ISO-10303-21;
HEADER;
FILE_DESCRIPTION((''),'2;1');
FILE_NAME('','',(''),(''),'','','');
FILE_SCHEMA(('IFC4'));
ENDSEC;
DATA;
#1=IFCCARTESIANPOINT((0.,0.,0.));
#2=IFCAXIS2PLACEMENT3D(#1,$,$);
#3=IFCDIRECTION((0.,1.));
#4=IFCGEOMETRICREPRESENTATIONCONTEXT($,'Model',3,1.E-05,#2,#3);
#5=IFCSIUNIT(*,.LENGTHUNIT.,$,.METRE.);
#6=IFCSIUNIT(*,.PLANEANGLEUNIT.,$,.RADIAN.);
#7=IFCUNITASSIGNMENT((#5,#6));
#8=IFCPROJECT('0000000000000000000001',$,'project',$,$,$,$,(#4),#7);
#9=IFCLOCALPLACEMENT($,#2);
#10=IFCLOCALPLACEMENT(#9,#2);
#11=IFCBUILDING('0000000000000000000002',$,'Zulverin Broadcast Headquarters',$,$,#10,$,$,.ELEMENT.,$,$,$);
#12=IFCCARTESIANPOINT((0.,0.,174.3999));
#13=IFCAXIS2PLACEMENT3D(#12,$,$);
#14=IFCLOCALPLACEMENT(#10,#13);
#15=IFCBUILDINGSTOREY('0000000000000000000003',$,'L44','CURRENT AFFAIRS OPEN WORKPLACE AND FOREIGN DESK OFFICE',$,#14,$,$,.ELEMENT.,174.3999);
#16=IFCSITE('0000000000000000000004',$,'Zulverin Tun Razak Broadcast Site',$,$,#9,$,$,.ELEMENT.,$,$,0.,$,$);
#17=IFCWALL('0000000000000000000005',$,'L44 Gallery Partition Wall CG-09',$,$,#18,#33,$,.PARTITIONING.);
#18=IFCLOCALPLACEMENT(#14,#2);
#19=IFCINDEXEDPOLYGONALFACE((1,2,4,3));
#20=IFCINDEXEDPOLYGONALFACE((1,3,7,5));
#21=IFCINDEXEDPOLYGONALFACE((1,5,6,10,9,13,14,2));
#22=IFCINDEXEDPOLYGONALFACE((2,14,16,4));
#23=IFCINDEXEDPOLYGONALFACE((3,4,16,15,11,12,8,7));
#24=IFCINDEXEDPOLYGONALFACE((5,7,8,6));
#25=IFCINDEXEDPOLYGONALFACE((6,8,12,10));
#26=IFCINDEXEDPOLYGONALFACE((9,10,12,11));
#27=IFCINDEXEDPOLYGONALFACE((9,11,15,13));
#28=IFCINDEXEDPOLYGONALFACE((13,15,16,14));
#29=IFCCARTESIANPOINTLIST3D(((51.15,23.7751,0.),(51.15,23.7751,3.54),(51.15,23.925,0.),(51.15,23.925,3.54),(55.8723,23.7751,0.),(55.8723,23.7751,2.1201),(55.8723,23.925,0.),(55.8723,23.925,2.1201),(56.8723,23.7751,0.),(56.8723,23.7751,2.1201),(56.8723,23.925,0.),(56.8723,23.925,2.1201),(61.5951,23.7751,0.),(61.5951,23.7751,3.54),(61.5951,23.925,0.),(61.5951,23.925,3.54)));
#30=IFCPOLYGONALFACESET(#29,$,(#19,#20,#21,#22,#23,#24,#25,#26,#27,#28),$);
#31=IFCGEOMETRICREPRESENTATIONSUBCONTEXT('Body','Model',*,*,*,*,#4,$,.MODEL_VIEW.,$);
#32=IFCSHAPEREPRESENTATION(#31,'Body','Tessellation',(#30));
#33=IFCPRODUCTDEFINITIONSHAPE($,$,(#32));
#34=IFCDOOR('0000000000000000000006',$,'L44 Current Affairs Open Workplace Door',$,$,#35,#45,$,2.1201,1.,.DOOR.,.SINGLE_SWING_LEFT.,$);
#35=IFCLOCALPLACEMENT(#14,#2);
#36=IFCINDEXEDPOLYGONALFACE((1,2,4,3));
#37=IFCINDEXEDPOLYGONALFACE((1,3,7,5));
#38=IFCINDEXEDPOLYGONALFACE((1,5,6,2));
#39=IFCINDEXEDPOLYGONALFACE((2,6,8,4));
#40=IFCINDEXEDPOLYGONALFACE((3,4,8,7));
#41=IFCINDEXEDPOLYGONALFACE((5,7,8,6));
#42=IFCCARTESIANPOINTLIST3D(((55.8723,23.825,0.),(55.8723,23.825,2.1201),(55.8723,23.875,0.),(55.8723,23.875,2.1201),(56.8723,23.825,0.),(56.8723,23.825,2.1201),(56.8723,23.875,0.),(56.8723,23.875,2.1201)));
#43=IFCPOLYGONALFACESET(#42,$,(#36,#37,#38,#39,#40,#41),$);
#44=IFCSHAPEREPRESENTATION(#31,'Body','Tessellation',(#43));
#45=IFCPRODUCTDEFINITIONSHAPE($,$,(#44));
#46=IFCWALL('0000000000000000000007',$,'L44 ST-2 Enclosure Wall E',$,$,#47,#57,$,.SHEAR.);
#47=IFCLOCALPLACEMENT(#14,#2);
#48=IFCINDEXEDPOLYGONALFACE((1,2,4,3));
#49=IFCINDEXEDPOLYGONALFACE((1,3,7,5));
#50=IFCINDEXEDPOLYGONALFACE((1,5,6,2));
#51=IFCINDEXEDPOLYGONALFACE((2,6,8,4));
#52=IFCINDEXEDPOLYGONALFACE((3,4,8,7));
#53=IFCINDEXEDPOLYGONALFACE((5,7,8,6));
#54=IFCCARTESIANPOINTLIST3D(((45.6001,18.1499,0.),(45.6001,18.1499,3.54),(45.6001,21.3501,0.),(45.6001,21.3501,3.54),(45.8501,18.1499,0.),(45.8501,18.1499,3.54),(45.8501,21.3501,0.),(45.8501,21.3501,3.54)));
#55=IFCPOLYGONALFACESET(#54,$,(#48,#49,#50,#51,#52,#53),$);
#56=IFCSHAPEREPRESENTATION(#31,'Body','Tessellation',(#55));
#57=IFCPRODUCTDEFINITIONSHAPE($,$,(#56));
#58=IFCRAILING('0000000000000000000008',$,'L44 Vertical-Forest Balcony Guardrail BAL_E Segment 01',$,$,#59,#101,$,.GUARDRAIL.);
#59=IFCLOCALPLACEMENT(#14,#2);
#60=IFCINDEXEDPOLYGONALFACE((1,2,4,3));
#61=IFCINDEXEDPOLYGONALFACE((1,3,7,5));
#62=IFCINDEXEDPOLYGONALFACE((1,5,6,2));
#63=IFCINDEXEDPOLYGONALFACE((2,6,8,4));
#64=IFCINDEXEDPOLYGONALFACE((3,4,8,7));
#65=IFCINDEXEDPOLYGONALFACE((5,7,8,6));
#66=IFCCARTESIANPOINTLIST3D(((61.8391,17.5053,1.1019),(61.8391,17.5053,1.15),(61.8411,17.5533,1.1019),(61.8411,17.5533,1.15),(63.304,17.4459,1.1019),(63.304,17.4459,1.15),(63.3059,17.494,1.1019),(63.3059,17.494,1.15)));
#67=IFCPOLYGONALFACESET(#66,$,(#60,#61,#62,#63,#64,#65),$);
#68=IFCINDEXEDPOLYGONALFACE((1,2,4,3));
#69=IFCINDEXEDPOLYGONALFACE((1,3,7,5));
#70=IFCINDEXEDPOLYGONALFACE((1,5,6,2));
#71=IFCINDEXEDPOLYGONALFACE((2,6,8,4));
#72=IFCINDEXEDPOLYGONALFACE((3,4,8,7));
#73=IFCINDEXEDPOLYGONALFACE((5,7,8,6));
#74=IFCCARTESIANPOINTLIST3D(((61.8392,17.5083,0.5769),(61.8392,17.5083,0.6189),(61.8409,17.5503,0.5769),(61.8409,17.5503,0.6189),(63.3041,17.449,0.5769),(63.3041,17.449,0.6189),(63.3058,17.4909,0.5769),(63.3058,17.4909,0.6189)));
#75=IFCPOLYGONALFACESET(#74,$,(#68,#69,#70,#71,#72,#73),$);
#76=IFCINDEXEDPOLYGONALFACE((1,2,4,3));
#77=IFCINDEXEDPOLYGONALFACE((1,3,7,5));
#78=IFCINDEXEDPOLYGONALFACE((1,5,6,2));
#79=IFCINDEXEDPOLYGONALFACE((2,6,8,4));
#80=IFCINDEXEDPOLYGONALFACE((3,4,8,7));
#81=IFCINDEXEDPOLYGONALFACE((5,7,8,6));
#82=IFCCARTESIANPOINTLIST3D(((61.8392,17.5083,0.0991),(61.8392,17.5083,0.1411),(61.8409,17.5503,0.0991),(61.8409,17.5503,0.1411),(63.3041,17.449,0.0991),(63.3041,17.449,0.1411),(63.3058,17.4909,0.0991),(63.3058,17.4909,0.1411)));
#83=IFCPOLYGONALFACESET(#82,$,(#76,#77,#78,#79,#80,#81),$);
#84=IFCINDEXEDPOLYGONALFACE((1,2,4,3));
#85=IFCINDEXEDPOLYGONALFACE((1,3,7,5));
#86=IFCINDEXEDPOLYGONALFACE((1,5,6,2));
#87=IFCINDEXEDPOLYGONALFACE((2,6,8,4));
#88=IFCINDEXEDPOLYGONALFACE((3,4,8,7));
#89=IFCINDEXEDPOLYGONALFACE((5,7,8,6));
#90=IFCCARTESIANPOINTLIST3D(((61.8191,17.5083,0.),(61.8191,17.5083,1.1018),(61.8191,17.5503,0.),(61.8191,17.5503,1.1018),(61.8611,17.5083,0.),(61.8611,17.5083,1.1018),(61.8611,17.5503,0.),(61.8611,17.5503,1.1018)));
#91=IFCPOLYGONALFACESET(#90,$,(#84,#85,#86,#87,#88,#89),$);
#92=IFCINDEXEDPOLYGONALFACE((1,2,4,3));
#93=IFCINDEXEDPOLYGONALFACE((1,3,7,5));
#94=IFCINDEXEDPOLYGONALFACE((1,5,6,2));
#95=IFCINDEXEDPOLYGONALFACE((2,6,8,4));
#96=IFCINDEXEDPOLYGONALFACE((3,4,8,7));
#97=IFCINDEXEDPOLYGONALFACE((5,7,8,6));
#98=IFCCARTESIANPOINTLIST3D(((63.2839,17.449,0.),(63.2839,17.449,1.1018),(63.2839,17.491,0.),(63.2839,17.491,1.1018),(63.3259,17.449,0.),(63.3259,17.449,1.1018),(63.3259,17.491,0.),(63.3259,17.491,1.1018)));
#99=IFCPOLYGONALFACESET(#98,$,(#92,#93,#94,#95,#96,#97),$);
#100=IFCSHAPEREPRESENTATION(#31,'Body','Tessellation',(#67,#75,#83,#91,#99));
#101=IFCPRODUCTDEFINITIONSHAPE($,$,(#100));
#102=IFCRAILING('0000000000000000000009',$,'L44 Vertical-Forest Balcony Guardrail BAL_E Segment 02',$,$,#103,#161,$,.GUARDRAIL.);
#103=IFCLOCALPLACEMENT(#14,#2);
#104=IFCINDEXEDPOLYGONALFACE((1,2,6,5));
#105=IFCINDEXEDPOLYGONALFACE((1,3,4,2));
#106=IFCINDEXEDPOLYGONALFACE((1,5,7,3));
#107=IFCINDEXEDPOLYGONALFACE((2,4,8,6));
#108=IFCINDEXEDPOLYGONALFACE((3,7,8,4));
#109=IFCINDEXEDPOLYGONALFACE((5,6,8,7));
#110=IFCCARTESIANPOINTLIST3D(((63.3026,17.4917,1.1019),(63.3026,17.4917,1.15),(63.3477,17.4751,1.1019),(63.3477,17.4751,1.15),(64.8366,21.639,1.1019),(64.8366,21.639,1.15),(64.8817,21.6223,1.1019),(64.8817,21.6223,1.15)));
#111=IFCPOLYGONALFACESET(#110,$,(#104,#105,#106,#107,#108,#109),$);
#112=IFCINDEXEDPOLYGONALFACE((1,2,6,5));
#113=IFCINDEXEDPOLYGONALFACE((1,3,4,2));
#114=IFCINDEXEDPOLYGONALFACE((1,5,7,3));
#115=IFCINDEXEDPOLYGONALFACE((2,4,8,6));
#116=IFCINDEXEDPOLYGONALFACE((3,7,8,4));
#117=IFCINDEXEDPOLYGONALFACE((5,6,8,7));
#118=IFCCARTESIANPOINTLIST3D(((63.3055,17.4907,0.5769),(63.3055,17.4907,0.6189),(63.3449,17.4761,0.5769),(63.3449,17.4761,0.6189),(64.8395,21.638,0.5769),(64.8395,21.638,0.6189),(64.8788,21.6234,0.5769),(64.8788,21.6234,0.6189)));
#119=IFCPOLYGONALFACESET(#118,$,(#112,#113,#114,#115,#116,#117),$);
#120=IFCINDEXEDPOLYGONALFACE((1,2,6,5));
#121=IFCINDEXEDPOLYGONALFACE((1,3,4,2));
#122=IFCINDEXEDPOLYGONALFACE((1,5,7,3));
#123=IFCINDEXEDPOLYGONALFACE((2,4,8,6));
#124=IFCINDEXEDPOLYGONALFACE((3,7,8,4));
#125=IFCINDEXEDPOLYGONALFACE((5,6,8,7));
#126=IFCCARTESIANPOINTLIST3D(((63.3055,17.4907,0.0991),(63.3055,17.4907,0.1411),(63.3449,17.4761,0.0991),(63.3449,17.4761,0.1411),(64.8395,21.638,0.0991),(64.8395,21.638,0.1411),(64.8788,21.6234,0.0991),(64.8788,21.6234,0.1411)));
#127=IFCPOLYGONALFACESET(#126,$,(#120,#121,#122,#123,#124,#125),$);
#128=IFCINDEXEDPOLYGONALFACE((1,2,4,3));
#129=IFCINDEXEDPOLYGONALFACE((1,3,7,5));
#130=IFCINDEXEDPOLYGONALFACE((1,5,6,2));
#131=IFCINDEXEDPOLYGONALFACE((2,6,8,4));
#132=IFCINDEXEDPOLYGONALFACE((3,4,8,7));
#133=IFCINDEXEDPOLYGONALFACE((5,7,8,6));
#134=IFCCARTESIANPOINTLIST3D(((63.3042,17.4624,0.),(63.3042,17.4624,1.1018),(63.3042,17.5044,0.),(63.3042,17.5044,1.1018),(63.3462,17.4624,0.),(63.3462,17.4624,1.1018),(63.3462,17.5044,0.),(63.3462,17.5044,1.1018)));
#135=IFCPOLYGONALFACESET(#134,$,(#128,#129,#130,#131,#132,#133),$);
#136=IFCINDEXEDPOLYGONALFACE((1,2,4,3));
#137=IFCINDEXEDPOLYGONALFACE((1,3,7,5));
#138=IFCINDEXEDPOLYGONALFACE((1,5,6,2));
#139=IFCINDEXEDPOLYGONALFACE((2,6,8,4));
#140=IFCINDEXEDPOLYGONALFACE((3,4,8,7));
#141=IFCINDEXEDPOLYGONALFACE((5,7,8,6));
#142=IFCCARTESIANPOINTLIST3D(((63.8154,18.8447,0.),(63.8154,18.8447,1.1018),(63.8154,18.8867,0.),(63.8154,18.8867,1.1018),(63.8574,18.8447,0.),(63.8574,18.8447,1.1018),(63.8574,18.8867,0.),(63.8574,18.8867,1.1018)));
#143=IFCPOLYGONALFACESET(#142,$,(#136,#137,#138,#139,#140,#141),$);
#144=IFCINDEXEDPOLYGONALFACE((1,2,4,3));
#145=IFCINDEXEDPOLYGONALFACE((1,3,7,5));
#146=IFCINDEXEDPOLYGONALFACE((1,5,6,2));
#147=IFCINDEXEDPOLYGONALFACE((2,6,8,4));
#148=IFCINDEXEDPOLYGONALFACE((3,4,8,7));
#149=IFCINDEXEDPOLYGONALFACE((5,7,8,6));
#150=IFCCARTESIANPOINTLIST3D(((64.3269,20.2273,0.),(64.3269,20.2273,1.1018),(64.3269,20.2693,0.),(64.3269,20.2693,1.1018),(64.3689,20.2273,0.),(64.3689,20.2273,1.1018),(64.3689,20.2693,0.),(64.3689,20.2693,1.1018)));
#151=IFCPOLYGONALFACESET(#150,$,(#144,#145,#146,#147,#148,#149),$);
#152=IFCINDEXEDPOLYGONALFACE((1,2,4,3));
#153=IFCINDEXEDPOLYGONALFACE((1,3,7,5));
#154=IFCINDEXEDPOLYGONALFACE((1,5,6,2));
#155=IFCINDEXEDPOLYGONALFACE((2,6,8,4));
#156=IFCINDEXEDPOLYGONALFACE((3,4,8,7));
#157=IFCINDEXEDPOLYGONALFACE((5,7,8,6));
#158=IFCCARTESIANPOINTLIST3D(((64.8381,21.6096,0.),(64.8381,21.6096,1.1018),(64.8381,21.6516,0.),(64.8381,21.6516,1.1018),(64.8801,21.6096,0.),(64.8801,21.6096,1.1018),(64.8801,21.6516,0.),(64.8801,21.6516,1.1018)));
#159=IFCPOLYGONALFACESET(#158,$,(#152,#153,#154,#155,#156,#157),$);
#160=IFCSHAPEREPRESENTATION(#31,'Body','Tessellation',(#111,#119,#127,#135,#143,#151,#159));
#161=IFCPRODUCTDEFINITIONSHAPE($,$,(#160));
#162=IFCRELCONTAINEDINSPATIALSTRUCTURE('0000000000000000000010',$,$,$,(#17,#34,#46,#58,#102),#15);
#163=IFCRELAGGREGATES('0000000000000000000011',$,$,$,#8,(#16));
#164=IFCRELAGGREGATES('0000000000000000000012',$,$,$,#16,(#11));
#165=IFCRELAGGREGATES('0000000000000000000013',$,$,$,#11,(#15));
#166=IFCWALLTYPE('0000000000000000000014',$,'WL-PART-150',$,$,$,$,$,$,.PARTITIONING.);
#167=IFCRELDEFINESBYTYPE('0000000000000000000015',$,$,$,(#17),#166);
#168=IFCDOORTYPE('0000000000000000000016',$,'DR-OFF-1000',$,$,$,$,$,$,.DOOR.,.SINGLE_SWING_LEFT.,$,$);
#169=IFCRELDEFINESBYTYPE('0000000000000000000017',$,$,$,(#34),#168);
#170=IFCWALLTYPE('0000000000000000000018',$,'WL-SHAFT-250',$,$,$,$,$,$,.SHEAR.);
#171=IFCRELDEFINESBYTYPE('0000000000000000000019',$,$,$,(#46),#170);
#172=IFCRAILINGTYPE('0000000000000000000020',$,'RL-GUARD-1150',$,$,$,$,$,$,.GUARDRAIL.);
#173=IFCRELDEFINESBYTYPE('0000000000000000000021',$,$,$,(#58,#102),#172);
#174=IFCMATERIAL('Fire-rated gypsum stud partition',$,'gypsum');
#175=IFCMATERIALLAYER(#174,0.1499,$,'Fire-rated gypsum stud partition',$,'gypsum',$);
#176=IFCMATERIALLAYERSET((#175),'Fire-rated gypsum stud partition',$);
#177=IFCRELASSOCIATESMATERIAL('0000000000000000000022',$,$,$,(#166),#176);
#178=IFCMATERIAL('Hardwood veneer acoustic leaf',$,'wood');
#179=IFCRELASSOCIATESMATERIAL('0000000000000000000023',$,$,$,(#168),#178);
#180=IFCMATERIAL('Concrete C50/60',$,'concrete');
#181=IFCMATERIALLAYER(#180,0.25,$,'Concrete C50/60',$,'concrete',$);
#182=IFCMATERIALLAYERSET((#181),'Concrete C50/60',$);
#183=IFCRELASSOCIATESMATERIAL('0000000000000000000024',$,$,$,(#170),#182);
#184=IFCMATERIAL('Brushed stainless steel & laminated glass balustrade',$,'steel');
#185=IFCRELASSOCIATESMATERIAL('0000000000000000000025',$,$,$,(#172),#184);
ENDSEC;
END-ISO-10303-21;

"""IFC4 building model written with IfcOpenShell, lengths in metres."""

from ifc_helpers import new_model, si_unit, direction, frame, frame_2d, origin, origin_2d, place, context, subcontext, project, spatial, rectangle, extrude, material, layer, layer_set, type_object, element, fill, save


model = new_model("IFC4")

# Units and contexts
model_context = context("Model", 3, precision=1e-05, world=origin(), true_north=direction((0.0, 1.0)))
body_context = subcontext(model_context, "Body", "Model", "MODEL_VIEW")
ifc_project = project(units=[si_unit("LENGTHUNIT", "METRE"), si_unit("PLANEANGLEUNIT", "RADIAN")], contexts=[model_context])

# Site, building, storey
site_placement = place(None, origin())
site = spatial("IfcSite", under=ifc_project, at=site_placement, Name="Zulverin Tun Razak Broadcast Site", CompositionType="ELEMENT", RefElevation=0.0)
building_placement = place(site_placement, origin())
building = spatial("IfcBuilding", under=site, at=building_placement, Name="Zulverin Broadcast Headquarters", CompositionType="ELEMENT")
storey_placement = place(building_placement, frame((0.0, 0.0, 174.3999)))
storey = spatial("IfcBuildingStorey", under=building, at=storey_placement, Name="L44", Description="CURRENT AFFAIRS OPEN WORKPLACE AND FOREIGN DESK OFFICE", CompositionType="ELEMENT", Elevation=174.3999)

# Shared definitions
ifc_material_1 = material(Name="Concrete C50/60", Category="concrete")

# Wall, opening, door
ifc_material_2 = material(Name="Fire-rated gypsum stud partition", Category="gypsum")
ifc_layer_1 = layer(ifc_material_2, 0.1499, Name="Fire-rated gypsum stud partition", Category="gypsum")
ifc_layer_set_1 = layer_set([ifc_layer_1], Name="Fire-rated gypsum stud partition")
wall_type_1 = type_object("IfcWallType", Name="WL-PART-150", PredefinedType="PARTITIONING", material=ifc_layer_set_1)
wall_1_placement = place(storey_placement, frame((51.1499, 23.8501, 0.0), z_axis=(0.0, 0.0, 1.0), x_axis=(1.0, 0.0, 0.0)))
wall_1 = element("IfcWall", 1, at=wall_1_placement, inside=storey, type_object=wall_type_1, Name="L44 Gallery Partition Wall CG-09", PredefinedType="PARTITIONING", context=body_context, shape_type="SweptSolid", body=[
    extrude(rectangle(XDim=10.4451, YDim=0.1499, at=frame_2d((5.2227, 0.0))), origin(), (0.0, 0.0, 1.0), 3.54),
])
opening_1_placement = place(wall_1_placement, frame((4.7224, 0.0, 0.0)))
opening_1 = element("IfcOpeningElement", 2, at=opening_1_placement, cuts=wall_1, PredefinedType="OPENING", context=body_context, shape_type="SweptSolid", body=[
    extrude(rectangle(XDim=1.0, YDim=2.1201, at=frame_2d((0.5, 1.0601))), frame((0.0, 0.085, 0.0), z_axis=(0.0, -1.0, 0.0), x_axis=(1.0, 0.0, 0.0)), (0.0, 0.0, 1.0), 0.1699),
])
ifc_material_3 = material(Name="Hardwood veneer acoustic leaf", Category="wood")
door_type_1 = type_object("IfcDoorType", Name="DR-OFF-1000", OperationType="SINGLE_SWING_LEFT", PredefinedType="DOOR", material=ifc_material_3)
door_1_placement = place(opening_1_placement, origin())
door_1 = element("IfcDoor", 3, at=door_1_placement, inside=storey, type_object=door_type_1, Name="L44 Current Affairs Open Workplace Door", OperationType="SINGLE_SWING_LEFT", OverallHeight=2.1201, OverallWidth=1.0, PredefinedType="DOOR", context=body_context, shape_type="SweptSolid", body=[
    extrude(rectangle(XDim=1.0, YDim=2.1201, at=frame_2d((0.5, 1.0601))), frame((0.0, 0.0249, 0.0), z_axis=(0.0, -1.0, 0.0), x_axis=(1.0, 0.0, 0.0)), (0.0, 0.0, 1.0), 0.05),
])
fill(opening_1, door_1)

# Wall
ifc_layer_2 = layer(ifc_material_1, 0.25, Name="Concrete C50/60", Category="concrete")
ifc_layer_set_2 = layer_set([ifc_layer_2], Name="Concrete C50/60")
wall_type_2 = type_object("IfcWallType", Name="WL-SHAFT-250", PredefinedType="SHEAR", material=ifc_layer_set_2)
wall_2_placement = place(storey_placement, frame((45.7251, 18.1499, 0.0), z_axis=(0.0, 0.0, 1.0), x_axis=(0.0, 1.0, 0.0)))
element("IfcWall", 4, at=wall_2_placement, inside=storey, type_object=wall_type_2, Name="L44 ST-2 Enclosure Wall E", PredefinedType="SHEAR", context=body_context, shape_type="SweptSolid", body=[
    extrude(rectangle(XDim=3.2002, YDim=0.25, at=frame_2d((1.6001, 0.0))), origin(), (0.0, 0.0, 1.0), 3.54),
])

# Railings
ifc_material_4 = material(Name="Brushed stainless steel & laminated glass balustrade", Category="steel")
railing_type = type_object("IfcRailingType", Name="RL-GUARD-1150", PredefinedType="GUARDRAIL", material=ifc_material_4)
railing_1_placement = place(storey_placement, frame((61.8401, 17.5293, 0.0)))
element("IfcRailing", 5, at=railing_1_placement, inside=storey, type_object=railing_type, Name="L44 Vertical-Forest Balcony Guardrail BAL_E Segment 01", PredefinedType="GUARDRAIL", context=body_context, shape_type="SweptSolid", body=[
    extrude(rectangle(XDim=0.0481, YDim=0.0481, at=origin_2d()), frame((0.0, 0.0, 1.126), z_axis=(0.999181, -0.040467, 0.0), x_axis=(0.040467, 0.999181, 0.0)), (0.0, 0.0, 1.0), 1.4661),
    extrude(rectangle(XDim=0.042, YDim=0.042, at=origin_2d()), frame((0.0, 0.0, 0.5979), z_axis=(0.999181, -0.040467, 0.0), x_axis=(0.040467, 0.999181, 0.0)), (0.0, 0.0, 1.0), 1.4661),
    extrude(rectangle(XDim=0.042, YDim=0.042, at=origin_2d()), frame((0.0, 0.0, 0.1201), z_axis=(0.999181, -0.040467, 0.0), x_axis=(0.040467, 0.999181, 0.0)), (0.0, 0.0, 1.0), 1.4661),
    extrude(rectangle(XDim=0.042, YDim=0.042, at=origin_2d()), origin(), (0.0, 0.0, 1.0), 1.1018),
    extrude(rectangle(XDim=0.042, YDim=0.042, at=origin_2d()), frame((1.4648, -0.0593, 0.0)), (0.0, 0.0, 1.0), 1.1018),
])
railing_2_placement = place(storey_placement, frame((63.3252, 17.4834, 0.0)))
element("IfcRailing", 6, at=railing_2_placement, inside=storey, type_object=railing_type, Name="L44 Vertical-Forest Balcony Guardrail BAL_E Segment 02", PredefinedType="GUARDRAIL", context=body_context, shape_type="SweptSolid", body=[
    extrude(rectangle(XDim=0.0481, YDim=0.0481, at=origin_2d()), frame((0.0, 0.0, 1.126), z_axis=(0.346903, 0.937901, 0.0), x_axis=(-0.937901, 0.346903, 0.0)), (0.0, 0.0, 1.0), 4.4219),
    extrude(rectangle(XDim=0.042, YDim=0.042, at=origin_2d()), frame((0.0, 0.0, 0.5979), z_axis=(0.346903, 0.937901, 0.0), x_axis=(-0.937901, 0.346903, 0.0)), (0.0, 0.0, 1.0), 4.4219),
    extrude(rectangle(XDim=0.042, YDim=0.042, at=origin_2d()), frame((0.0, 0.0, 0.1201), z_axis=(0.346903, 0.937901, 0.0), x_axis=(-0.937901, 0.346903, 0.0)), (0.0, 0.0, 1.0), 4.4219),
    extrude(rectangle(XDim=0.042, YDim=0.042, at=origin_2d()), origin(), (0.0, 0.0, 1.0), 1.1018),
    extrude(rectangle(XDim=0.042, YDim=0.042, at=origin_2d()), frame((0.5112, 1.3823, 0.0)), (0.0, 0.0, 1.0), 1.1018),
    extrude(rectangle(XDim=0.042, YDim=0.042, at=origin_2d()), frame((1.0227, 2.7649, 0.0)), (0.0, 0.0, 1.0), 1.1018),
    extrude(rectangle(XDim=0.042, YDim=0.042, at=origin_2d()), frame((1.5339, 4.1472, 0.0)), (0.0, 0.0, 1.0), 1.1018),
])

save(model, "model.ifc")
